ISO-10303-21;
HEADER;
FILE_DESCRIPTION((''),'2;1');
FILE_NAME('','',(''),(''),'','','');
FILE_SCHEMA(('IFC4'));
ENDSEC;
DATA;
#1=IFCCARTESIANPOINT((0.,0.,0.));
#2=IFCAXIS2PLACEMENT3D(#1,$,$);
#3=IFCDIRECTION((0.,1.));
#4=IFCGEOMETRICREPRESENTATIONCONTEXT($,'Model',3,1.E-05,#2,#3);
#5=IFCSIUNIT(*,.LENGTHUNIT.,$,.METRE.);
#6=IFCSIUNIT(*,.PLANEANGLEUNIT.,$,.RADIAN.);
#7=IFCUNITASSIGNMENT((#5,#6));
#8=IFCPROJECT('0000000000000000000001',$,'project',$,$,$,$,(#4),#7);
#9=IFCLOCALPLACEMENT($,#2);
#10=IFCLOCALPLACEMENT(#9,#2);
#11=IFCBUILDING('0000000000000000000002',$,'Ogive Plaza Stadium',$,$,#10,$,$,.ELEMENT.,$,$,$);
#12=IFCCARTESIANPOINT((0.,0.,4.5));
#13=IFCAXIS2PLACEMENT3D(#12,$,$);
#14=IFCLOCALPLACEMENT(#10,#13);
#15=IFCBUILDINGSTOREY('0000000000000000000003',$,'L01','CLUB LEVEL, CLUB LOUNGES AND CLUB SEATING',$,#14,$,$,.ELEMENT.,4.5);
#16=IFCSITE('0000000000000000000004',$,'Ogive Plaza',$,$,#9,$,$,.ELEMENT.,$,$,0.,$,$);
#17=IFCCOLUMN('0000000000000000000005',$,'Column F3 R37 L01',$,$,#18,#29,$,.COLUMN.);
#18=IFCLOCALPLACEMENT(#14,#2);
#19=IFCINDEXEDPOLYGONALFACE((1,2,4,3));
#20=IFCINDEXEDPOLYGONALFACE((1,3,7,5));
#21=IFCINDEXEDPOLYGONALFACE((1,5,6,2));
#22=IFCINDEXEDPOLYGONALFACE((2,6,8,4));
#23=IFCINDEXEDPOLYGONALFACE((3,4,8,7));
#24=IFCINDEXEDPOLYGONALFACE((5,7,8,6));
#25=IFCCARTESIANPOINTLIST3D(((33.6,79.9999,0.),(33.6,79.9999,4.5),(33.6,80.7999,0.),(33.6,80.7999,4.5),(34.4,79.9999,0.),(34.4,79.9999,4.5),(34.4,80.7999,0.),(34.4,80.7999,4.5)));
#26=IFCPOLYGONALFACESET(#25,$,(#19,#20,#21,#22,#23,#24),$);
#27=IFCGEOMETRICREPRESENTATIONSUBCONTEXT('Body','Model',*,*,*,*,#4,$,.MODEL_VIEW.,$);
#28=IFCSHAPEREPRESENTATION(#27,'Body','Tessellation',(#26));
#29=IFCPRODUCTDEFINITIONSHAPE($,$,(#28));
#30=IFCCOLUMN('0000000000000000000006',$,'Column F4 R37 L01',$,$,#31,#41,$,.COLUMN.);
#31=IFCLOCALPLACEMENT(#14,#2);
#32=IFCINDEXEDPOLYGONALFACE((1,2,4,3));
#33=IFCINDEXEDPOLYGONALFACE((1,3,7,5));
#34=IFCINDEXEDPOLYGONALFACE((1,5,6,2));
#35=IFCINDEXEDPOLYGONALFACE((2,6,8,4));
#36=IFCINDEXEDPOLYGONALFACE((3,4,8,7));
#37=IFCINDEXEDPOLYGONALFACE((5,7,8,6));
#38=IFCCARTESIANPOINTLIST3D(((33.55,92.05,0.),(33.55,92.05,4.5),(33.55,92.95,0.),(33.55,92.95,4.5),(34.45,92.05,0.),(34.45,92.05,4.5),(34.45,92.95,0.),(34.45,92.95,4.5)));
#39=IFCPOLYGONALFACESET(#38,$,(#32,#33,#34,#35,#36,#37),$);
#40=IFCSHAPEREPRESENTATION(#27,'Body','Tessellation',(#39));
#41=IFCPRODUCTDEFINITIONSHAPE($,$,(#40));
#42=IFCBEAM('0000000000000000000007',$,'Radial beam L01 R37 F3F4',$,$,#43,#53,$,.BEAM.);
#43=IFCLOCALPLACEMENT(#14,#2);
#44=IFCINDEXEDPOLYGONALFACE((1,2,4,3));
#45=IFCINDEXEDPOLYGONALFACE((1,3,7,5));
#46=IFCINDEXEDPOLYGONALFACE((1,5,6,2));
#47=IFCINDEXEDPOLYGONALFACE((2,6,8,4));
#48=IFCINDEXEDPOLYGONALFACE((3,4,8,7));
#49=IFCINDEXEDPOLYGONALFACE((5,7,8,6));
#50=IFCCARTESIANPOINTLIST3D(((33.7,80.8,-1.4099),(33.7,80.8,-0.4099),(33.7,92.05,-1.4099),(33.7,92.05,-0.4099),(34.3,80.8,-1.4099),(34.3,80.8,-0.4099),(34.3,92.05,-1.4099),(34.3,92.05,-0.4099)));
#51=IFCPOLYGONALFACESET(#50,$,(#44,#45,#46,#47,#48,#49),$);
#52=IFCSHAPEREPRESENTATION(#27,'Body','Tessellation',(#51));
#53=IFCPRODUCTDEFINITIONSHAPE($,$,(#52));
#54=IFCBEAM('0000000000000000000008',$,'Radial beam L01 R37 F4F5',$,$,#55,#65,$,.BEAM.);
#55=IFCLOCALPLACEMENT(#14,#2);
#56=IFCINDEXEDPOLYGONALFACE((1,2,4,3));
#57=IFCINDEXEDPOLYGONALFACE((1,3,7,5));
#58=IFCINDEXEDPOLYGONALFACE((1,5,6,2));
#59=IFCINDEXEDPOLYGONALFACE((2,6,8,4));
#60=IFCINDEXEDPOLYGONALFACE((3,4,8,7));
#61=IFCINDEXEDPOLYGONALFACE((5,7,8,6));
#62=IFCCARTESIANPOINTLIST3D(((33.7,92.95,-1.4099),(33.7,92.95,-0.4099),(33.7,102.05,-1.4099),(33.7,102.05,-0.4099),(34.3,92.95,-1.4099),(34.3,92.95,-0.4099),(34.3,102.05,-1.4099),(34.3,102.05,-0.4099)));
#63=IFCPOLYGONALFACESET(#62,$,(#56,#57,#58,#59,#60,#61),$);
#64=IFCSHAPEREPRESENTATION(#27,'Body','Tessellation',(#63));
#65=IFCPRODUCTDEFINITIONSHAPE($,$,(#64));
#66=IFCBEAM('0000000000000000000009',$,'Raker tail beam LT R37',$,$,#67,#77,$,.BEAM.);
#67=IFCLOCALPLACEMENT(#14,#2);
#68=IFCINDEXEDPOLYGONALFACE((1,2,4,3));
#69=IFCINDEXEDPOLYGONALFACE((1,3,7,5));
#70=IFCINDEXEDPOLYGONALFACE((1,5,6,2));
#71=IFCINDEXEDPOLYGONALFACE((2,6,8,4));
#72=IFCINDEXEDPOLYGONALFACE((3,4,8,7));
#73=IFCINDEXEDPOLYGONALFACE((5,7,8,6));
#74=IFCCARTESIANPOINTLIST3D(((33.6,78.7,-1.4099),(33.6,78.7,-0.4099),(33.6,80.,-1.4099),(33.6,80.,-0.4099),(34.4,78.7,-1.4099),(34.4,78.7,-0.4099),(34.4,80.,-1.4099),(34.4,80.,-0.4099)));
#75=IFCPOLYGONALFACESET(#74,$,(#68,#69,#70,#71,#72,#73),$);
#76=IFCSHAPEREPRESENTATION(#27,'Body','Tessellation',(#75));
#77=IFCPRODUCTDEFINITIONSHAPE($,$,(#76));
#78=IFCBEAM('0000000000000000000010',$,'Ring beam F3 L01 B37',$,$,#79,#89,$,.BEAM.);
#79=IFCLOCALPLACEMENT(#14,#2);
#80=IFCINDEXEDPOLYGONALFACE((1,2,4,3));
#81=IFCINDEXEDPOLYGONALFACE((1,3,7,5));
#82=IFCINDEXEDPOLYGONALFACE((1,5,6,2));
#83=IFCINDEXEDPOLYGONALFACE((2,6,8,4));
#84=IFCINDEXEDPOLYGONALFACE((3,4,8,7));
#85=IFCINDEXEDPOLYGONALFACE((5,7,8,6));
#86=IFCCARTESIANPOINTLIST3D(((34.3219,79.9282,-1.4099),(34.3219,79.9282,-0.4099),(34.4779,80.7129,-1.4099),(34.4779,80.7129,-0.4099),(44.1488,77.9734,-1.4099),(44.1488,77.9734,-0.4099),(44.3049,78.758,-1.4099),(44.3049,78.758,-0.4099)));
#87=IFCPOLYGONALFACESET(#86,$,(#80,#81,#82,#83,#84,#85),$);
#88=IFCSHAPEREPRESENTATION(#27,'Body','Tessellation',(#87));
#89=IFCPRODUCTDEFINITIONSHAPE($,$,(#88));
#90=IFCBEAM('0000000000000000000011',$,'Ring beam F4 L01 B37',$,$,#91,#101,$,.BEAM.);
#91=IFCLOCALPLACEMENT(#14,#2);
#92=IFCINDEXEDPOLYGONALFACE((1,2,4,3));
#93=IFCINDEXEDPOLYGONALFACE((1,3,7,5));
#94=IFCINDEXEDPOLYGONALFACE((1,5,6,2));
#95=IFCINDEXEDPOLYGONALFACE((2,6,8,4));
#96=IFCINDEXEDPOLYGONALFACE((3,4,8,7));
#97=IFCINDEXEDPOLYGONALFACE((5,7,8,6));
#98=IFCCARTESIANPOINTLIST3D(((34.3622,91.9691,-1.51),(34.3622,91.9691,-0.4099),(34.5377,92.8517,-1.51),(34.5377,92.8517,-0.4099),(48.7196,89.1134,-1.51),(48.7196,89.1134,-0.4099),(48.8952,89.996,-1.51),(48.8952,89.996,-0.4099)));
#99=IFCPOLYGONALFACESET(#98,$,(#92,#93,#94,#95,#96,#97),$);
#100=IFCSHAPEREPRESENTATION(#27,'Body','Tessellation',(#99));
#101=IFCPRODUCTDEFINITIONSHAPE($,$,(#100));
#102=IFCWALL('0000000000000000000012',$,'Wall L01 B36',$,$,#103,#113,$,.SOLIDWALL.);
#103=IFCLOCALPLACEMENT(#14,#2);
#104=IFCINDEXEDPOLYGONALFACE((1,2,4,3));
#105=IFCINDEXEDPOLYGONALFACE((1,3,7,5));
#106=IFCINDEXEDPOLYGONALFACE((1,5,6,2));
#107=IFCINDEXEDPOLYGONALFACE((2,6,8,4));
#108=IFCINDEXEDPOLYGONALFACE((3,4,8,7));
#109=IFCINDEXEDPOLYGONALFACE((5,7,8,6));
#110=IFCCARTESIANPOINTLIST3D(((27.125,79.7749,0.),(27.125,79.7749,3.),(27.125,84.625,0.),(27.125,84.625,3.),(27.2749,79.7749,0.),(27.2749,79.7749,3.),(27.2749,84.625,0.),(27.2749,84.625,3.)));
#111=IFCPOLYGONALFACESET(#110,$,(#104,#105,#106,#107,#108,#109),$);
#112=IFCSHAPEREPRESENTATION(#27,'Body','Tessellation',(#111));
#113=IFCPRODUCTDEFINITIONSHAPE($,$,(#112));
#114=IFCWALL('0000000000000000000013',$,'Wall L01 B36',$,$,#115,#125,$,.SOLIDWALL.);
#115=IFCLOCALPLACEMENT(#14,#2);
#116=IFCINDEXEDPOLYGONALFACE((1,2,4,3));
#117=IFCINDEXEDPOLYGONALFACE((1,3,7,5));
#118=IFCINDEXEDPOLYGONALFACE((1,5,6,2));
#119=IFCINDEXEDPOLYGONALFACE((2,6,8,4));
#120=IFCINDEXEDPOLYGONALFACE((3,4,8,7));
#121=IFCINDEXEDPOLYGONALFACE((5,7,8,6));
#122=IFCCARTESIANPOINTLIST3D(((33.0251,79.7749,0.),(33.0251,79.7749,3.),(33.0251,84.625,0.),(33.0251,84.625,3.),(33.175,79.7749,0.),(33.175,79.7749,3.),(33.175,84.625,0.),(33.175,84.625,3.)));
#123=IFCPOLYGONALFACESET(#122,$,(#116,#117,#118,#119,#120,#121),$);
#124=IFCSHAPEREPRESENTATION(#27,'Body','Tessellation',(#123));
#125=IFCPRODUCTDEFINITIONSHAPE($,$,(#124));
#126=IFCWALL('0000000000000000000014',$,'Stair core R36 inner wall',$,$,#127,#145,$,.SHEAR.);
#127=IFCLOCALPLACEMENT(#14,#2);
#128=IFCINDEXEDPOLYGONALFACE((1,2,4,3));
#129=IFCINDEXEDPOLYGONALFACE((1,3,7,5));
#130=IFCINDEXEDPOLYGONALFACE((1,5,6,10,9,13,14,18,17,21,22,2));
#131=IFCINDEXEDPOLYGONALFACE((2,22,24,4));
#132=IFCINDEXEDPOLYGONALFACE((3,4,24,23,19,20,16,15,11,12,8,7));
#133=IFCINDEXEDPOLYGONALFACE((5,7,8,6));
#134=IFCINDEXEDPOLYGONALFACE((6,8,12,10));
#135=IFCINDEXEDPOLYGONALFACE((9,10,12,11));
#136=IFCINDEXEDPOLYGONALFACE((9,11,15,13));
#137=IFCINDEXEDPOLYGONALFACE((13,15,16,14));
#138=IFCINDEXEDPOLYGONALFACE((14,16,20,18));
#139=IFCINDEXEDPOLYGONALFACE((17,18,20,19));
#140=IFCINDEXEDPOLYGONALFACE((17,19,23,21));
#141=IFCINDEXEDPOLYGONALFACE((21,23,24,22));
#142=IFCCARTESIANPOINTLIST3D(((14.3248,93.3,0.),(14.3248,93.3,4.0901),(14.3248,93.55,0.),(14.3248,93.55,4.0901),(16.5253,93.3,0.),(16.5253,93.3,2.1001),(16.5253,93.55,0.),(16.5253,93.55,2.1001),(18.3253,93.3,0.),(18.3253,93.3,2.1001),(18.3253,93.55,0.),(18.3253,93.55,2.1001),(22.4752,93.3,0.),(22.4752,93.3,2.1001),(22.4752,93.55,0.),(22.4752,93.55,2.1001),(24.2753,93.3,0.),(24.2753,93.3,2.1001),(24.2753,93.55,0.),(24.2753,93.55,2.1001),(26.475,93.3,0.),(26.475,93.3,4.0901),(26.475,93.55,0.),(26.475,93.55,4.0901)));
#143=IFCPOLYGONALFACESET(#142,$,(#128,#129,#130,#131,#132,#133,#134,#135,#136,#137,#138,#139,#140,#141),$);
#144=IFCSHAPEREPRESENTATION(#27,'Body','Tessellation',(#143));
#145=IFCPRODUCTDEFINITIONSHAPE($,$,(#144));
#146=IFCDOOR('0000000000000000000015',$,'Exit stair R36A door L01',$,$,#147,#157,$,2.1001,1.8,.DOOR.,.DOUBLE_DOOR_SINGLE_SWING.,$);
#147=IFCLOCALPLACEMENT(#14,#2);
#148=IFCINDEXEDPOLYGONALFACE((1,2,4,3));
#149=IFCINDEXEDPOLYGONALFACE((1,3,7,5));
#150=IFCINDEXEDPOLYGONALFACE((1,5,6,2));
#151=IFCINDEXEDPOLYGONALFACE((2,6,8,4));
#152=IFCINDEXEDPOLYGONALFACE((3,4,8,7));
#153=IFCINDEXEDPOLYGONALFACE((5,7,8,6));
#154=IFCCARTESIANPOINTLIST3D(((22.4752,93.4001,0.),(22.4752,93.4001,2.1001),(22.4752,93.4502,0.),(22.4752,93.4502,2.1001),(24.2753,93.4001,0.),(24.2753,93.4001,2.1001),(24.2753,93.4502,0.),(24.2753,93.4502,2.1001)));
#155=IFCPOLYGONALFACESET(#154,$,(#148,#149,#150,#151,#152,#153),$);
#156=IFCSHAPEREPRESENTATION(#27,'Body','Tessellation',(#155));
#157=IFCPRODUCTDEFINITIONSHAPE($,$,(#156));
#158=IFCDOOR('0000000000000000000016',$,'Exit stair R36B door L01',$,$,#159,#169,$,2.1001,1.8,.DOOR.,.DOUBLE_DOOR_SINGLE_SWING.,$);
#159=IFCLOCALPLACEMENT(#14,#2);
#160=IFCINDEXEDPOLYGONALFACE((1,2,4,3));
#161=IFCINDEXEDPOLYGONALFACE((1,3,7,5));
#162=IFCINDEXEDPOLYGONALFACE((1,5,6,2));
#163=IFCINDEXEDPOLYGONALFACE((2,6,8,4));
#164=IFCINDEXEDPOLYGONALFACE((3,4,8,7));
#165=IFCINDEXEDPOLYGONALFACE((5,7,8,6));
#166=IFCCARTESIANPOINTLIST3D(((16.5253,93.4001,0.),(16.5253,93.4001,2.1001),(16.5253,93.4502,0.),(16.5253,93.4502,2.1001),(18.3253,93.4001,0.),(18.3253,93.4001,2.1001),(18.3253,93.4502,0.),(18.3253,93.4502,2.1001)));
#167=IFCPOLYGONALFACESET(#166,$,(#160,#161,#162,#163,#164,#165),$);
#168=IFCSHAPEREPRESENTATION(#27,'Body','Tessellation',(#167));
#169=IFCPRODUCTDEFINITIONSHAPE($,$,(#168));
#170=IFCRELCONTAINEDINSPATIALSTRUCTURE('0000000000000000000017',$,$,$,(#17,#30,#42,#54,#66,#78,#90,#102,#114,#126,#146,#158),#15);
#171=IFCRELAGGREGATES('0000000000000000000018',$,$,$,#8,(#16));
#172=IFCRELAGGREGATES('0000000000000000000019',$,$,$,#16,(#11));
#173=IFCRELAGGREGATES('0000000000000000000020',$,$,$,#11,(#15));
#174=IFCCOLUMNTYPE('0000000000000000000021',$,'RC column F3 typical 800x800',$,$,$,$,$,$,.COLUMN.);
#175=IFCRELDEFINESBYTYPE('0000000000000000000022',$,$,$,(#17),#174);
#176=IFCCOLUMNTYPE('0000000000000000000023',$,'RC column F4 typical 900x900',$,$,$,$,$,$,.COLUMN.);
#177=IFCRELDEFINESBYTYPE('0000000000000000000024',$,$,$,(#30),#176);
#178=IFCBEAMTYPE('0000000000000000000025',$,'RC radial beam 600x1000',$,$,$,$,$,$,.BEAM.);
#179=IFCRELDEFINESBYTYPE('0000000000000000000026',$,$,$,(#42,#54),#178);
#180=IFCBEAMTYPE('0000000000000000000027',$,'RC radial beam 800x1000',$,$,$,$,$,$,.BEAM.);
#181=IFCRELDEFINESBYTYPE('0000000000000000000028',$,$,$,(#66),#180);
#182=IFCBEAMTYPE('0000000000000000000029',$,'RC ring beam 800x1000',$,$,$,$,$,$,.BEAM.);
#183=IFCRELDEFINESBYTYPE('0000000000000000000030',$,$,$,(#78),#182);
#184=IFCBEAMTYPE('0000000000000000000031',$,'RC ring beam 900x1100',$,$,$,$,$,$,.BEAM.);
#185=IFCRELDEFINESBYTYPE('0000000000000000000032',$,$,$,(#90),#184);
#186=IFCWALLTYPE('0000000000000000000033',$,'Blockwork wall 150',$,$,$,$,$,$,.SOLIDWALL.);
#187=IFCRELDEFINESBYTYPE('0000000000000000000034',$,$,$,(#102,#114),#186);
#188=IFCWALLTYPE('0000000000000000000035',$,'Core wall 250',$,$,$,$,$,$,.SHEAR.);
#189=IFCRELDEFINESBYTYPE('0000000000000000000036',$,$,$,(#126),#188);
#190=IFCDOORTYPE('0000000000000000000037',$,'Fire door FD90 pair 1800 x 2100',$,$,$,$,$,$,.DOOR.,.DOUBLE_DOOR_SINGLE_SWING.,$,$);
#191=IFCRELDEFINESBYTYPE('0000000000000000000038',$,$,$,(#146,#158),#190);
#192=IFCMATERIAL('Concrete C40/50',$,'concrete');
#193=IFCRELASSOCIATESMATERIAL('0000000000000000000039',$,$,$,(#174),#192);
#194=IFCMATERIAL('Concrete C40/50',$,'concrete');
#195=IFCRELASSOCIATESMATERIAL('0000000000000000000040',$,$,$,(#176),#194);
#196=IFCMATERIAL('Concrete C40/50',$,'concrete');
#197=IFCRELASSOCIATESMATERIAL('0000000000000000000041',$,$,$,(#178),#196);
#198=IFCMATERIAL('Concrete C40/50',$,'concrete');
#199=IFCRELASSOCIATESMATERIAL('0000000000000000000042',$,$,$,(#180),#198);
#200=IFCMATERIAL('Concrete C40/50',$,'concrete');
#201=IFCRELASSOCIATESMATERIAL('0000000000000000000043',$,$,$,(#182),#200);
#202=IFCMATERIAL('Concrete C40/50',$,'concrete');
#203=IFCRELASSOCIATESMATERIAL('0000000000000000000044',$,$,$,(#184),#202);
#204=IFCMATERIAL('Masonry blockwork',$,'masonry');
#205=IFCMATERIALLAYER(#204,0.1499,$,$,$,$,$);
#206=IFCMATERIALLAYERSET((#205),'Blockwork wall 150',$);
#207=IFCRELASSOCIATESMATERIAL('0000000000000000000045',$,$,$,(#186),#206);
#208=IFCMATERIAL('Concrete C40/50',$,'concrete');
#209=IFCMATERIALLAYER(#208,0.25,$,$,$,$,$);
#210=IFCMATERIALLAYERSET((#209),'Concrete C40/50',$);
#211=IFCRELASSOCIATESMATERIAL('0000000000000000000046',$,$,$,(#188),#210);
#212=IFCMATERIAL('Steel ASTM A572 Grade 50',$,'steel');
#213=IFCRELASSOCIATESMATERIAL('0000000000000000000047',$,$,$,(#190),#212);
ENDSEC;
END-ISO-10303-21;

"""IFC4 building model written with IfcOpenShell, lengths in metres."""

from ifc_helpers import new_model, si_unit, direction, frame, frame_2d, origin, origin_2d, place, context, subcontext, project, spatial, rectangle, extrude, material, layer, layer_set, material_profile, profile_set, type_object, element, fill, save


model = new_model("IFC4")

# Units and contexts
model_context = context("Model", 3, precision=1e-05, world=origin(), true_north=direction((0.0, 1.0)))
body_context = subcontext(model_context, "Body", "Model", "MODEL_VIEW")
ifc_project = project(units=[si_unit("LENGTHUNIT", "METRE"), si_unit("PLANEANGLEUNIT", "RADIAN")], contexts=[model_context])

# Site, building, storey
site_placement = place(None, origin())
site = spatial("IfcSite", under=ifc_project, at=site_placement, Name="Ogive Plaza", CompositionType="ELEMENT", RefElevation=0.0)
building_placement = place(site_placement, origin())
building = spatial("IfcBuilding", under=site, at=building_placement, Name="Ogive Plaza Stadium", CompositionType="ELEMENT")
storey_placement = place(building_placement, frame((0.0, 0.0, 4.5)))
storey = spatial("IfcBuildingStorey", under=building, at=storey_placement, Name="L01", Description="CLUB LEVEL, CLUB LOUNGES AND CLUB SEATING", CompositionType="ELEMENT", Elevation=4.5)

# Columns
ifc_material_1 = material(Name="Concrete C40/50", Category="concrete")
ifc_material_profile_1 = material_profile(ifc_material_1, rectangle(XDim=0.8, YDim=0.8, at=origin_2d()), Name="RC 800x800")
ifc_profile_set_1 = profile_set([ifc_material_profile_1], Name="Concrete C40/50")
column_type_1 = type_object("IfcColumnType", Name="RC column F3 typical 800x800", PredefinedType="COLUMN", material=ifc_profile_set_1)
column_1_placement = place(storey_placement, frame((34.0, 80.3999, 0.0), z_axis=(0.0, 0.0, 1.0), x_axis=(-1.0, 0.0, 0.0)))
element("IfcColumn", 1, at=column_1_placement, inside=storey, type_object=column_type_1, Name="Column F3 R37 L01", PredefinedType="COLUMN", context=body_context, shape_type="SweptSolid", body=[
    extrude(rectangle(XDim=0.8, YDim=0.8, at=origin_2d()), origin(), (0.0, 0.0, 1.0), 4.5),
])
ifc_material_2 = material(Name="Concrete C40/50", Category="concrete")
ifc_material_profile_2 = material_profile(ifc_material_2, rectangle(XDim=0.8999, YDim=0.8999, at=origin_2d()), Name="RC 900x900")
ifc_profile_set_2 = profile_set([ifc_material_profile_2], Name="Concrete C40/50")
column_type_2 = type_object("IfcColumnType", Name="RC column F4 typical 900x900", PredefinedType="COLUMN", material=ifc_profile_set_2)
column_2_placement = place(storey_placement, frame((34.0, 92.5, 0.0), z_axis=(0.0, 0.0, 1.0), x_axis=(-1.0, 0.0, 0.0)))
element("IfcColumn", 2, at=column_2_placement, inside=storey, type_object=column_type_2, Name="Column F4 R37 L01", PredefinedType="COLUMN", context=body_context, shape_type="SweptSolid", body=[
    extrude(rectangle(XDim=0.8999, YDim=0.8999, at=origin_2d()), origin(), (0.0, 0.0, 1.0), 4.5),
])

# Beams
ifc_material_3 = material(Name="Concrete C40/50", Category="concrete")
ifc_material_profile_3 = material_profile(ifc_material_3, rectangle(XDim=0.6001, YDim=1.0, at=origin_2d()), Name="RC 600x1000")
ifc_profile_set_3 = profile_set([ifc_material_profile_3], Name="Concrete C40/50")
beam_type_1 = type_object("IfcBeamType", Name="RC radial beam 600x1000", PredefinedType="BEAM", material=ifc_profile_set_3)
beam_1_placement = place(storey_placement, frame((34.0, 80.8, -0.9099), z_axis=(0.0, 1.0, 0.0), x_axis=(-1.0, 0.0, 0.0)))
element("IfcBeam", 3, at=beam_1_placement, inside=storey, type_object=beam_type_1, Name="Radial beam L01 R37 F3F4", PredefinedType="BEAM", context=body_context, shape_type="SweptSolid", body=[
    extrude(rectangle(XDim=0.6001, YDim=1.0, at=origin_2d()), origin(), (0.0, 0.0, 1.0), 11.25),
])
beam_2_placement = place(storey_placement, frame((34.0, 92.95, -0.9099), z_axis=(0.0, 1.0, 0.0), x_axis=(-1.0, 0.0, 0.0)))
element("IfcBeam", 4, at=beam_2_placement, inside=storey, type_object=beam_type_1, Name="Radial beam L01 R37 F4F5", PredefinedType="BEAM", context=body_context, shape_type="SweptSolid", body=[
    extrude(rectangle(XDim=0.6001, YDim=1.0, at=origin_2d()), origin(), (0.0, 0.0, 1.0), 9.1001),
])
ifc_material_4 = material(Name="Concrete C40/50", Category="concrete")
ifc_material_profile_4 = material_profile(ifc_material_4, rectangle(XDim=0.8, YDim=1.0, at=origin_2d()), Name="RC 800x1000")
ifc_profile_set_4 = profile_set([ifc_material_profile_4], Name="Concrete C40/50")
beam_type_2 = type_object("IfcBeamType", Name="RC radial beam 800x1000", PredefinedType="BEAM", material=ifc_profile_set_4)
beam_3_placement = place(storey_placement, frame((34.0, 78.7, -0.9099), z_axis=(0.0, 1.0, 0.0), x_axis=(-1.0, 0.0, 0.0)))
element("IfcBeam", 5, at=beam_3_placement, inside=storey, type_object=beam_type_2, Name="Raker tail beam LT R37", PredefinedType="BEAM", context=body_context, shape_type="SweptSolid", body=[
    extrude(rectangle(XDim=0.8, YDim=1.0, at=origin_2d()), origin(), (0.0, 0.0, 1.0), 1.3),
])
ifc_material_5 = material(Name="Concrete C40/50", Category="concrete")
ifc_material_profile_5 = material_profile(ifc_material_5, rectangle(XDim=0.8, YDim=1.0, at=origin_2d()), Name="RC 800x1000")
ifc_profile_set_5 = profile_set([ifc_material_profile_5], Name="Concrete C40/50")
beam_type_3 = type_object("IfcBeamType", Name="RC ring beam 800x1000", PredefinedType="BEAM", material=ifc_profile_set_5)
beam_4_placement = place(storey_placement, frame((34.3999, 80.3206, -0.9099), z_axis=(0.980783, -0.195104, 0.0), x_axis=(0.195104, 0.980783, 0.0)))
element("IfcBeam", 6, at=beam_4_placement, inside=storey, type_object=beam_type_3, Name="Ring beam F3 L01 B37", PredefinedType="BEAM", context=body_context, shape_type="SweptSolid", body=[
    extrude(rectangle(XDim=0.8, YDim=1.0, at=origin_2d()), origin(), (0.0, 0.0, 1.0), 10.0195),
])
ifc_material_6 = material(Name="Concrete C40/50", Category="concrete")
ifc_material_profile_6 = material_profile(ifc_material_6, rectangle(XDim=0.8999, YDim=1.1001, at=origin_2d()), Name="RC 900x1100")
ifc_profile_set_6 = profile_set([ifc_material_profile_6], Name="Concrete C40/50")
beam_type_4 = type_object("IfcBeamType", Name="RC ring beam 900x1100", PredefinedType="BEAM", material=ifc_profile_set_6)
beam_5_placement = place(storey_placement, frame((34.45, 92.4104, -0.96), z_axis=(0.980787, -0.19508, 0.0), x_axis=(0.19508, 0.980787, 0.0)))
element("IfcBeam", 7, at=beam_5_placement, inside=storey, type_object=beam_type_4, Name="Ring beam F4 L01 B37", PredefinedType="BEAM", context=body_context, shape_type="SweptSolid", body=[
    extrude(rectangle(XDim=0.8999, YDim=1.1001, at=origin_2d()), origin(), (0.0, 0.0, 1.0), 14.6387),
])

# Walls
ifc_material_7 = material(Name="Masonry blockwork", Category="masonry")
ifc_layer_1 = layer(ifc_material_7, 0.1499)
ifc_layer_set_1 = layer_set([ifc_layer_1], Name="Blockwork wall 150")
wall_type_1 = type_object("IfcWallType", Name="Blockwork wall 150", PredefinedType="SOLIDWALL", material=ifc_layer_set_1)
for number, where, z_axis, x_axis, name in (
    (8, (27.2, 79.7749, 0.0), (0.0, 0.0, 1.0), (0.0, 1.0, 0.0), "Wall L01 B36"),
    (9, (33.1001, 79.7749, 0.0), (0.0, 0.0, 1.0), (0.0, 1.0, 0.0), "Wall L01 B36"),
):
    element("IfcWall", number, at=place(storey_placement, frame(where, z_axis=z_axis, x_axis=x_axis)), inside=storey, type_object=wall_type_1, Name=name, PredefinedType="SOLIDWALL", context=body_context, shape_type="SweptSolid", body=[
        extrude(rectangle(XDim=4.8501, YDim=0.1499, at=frame_2d((2.425, 0.0))), origin(), (0.0, 0.0, 1.0), 3.0),
    ])

# Wall, openings, doors
ifc_material_8 = material(Name="Concrete C40/50", Category="concrete")
ifc_layer_2 = layer(ifc_material_8, 0.25)
ifc_layer_set_2 = layer_set([ifc_layer_2], Name="Concrete C40/50")
wall_type_2 = type_object("IfcWallType", Name="Core wall 250", PredefinedType="SHEAR", material=ifc_layer_set_2)
wall_1_placement = place(storey_placement, frame((26.4751, 93.425, 0.0), z_axis=(0.0, 0.0, 1.0), x_axis=(-1.0, 0.0, 0.0)))
wall_1 = element("IfcWall", 10, at=wall_1_placement, inside=storey, type_object=wall_type_2, Name="Stair core R36 inner wall", PredefinedType="SHEAR", context=body_context, shape_type="SweptSolid", body=[
    extrude(rectangle(XDim=12.1501, YDim=0.25, at=frame_2d((6.0752, 0.0))), origin(), (0.0, 0.0, 1.0), 4.0901),
])
opening_1_placement = place(wall_1_placement, frame((2.2, 0.0, 0.0)))
opening_1 = element("IfcOpeningElement", 11, at=opening_1_placement, cuts=wall_1, PredefinedType="OPENING", context=body_context, shape_type="SweptSolid", body=[
    extrude(rectangle(XDim=1.8, YDim=2.1001, at=frame_2d((0.8999, 1.05))), frame((0.0, 0.125, 0.0), z_axis=(0.0, -1.0, 0.0), x_axis=(1.0, 0.0, 0.0)), (0.0, 0.0, 1.0), 0.25),
])
opening_2_placement = place(wall_1_placement, frame((8.1499, 0.0, 0.0)))
opening_2 = element("IfcOpeningElement", 12, at=opening_2_placement, cuts=wall_1, PredefinedType="OPENING", context=body_context, shape_type="SweptSolid", body=[
    extrude(rectangle(XDim=1.8, YDim=2.1001, at=frame_2d((0.8999, 1.05))), frame((0.0, 0.125, 0.0), z_axis=(0.0, -1.0, 0.0), x_axis=(1.0, 0.0, 0.0)), (0.0, 0.0, 1.0), 0.25),
])
ifc_material_9 = material(Name="Steel ASTM A572 Grade 50", Category="steel")
door_type = type_object("IfcDoorType", Name="Fire door FD90 pair 1800 x 2100", OperationType="DOUBLE_DOOR_SINGLE_SWING", PredefinedType="DOOR", material=ifc_material_9)
door_1_placement = place(opening_1_placement, origin())
door_1 = element("IfcDoor", 13, at=door_1_placement, inside=storey, type_object=door_type, Name="Exit stair R36A door L01", OperationType="DOUBLE_DOOR_SINGLE_SWING", OverallHeight=2.1001, OverallWidth=1.8, PredefinedType="DOOR", context=body_context, shape_type="SweptSolid", body=[
    extrude(rectangle(XDim=1.8, YDim=2.1001, at=frame_2d((0.8999, 1.05))), frame((0.0, 0.0249, 0.0), z_axis=(0.0, -1.0, 0.0), x_axis=(1.0, 0.0, 0.0)), (0.0, 0.0, 1.0), 0.05),
])
fill(opening_1, door_1)
door_2_placement = place(opening_2_placement, origin())
door_2 = element("IfcDoor", 14, at=door_2_placement, inside=storey, type_object=door_type, Name="Exit stair R36B door L01", OperationType="DOUBLE_DOOR_SINGLE_SWING", OverallHeight=2.1001, OverallWidth=1.8, PredefinedType="DOOR", context=body_context, shape_type="SweptSolid", body=[
    extrude(rectangle(XDim=1.8, YDim=2.1001, at=frame_2d((0.8999, 1.05))), frame((0.0, 0.0249, 0.0), z_axis=(0.0, -1.0, 0.0), x_axis=(1.0, 0.0, 0.0)), (0.0, 0.0, 1.0), 0.05),
])
fill(opening_2, door_2)

save(model, "model.ifc")
